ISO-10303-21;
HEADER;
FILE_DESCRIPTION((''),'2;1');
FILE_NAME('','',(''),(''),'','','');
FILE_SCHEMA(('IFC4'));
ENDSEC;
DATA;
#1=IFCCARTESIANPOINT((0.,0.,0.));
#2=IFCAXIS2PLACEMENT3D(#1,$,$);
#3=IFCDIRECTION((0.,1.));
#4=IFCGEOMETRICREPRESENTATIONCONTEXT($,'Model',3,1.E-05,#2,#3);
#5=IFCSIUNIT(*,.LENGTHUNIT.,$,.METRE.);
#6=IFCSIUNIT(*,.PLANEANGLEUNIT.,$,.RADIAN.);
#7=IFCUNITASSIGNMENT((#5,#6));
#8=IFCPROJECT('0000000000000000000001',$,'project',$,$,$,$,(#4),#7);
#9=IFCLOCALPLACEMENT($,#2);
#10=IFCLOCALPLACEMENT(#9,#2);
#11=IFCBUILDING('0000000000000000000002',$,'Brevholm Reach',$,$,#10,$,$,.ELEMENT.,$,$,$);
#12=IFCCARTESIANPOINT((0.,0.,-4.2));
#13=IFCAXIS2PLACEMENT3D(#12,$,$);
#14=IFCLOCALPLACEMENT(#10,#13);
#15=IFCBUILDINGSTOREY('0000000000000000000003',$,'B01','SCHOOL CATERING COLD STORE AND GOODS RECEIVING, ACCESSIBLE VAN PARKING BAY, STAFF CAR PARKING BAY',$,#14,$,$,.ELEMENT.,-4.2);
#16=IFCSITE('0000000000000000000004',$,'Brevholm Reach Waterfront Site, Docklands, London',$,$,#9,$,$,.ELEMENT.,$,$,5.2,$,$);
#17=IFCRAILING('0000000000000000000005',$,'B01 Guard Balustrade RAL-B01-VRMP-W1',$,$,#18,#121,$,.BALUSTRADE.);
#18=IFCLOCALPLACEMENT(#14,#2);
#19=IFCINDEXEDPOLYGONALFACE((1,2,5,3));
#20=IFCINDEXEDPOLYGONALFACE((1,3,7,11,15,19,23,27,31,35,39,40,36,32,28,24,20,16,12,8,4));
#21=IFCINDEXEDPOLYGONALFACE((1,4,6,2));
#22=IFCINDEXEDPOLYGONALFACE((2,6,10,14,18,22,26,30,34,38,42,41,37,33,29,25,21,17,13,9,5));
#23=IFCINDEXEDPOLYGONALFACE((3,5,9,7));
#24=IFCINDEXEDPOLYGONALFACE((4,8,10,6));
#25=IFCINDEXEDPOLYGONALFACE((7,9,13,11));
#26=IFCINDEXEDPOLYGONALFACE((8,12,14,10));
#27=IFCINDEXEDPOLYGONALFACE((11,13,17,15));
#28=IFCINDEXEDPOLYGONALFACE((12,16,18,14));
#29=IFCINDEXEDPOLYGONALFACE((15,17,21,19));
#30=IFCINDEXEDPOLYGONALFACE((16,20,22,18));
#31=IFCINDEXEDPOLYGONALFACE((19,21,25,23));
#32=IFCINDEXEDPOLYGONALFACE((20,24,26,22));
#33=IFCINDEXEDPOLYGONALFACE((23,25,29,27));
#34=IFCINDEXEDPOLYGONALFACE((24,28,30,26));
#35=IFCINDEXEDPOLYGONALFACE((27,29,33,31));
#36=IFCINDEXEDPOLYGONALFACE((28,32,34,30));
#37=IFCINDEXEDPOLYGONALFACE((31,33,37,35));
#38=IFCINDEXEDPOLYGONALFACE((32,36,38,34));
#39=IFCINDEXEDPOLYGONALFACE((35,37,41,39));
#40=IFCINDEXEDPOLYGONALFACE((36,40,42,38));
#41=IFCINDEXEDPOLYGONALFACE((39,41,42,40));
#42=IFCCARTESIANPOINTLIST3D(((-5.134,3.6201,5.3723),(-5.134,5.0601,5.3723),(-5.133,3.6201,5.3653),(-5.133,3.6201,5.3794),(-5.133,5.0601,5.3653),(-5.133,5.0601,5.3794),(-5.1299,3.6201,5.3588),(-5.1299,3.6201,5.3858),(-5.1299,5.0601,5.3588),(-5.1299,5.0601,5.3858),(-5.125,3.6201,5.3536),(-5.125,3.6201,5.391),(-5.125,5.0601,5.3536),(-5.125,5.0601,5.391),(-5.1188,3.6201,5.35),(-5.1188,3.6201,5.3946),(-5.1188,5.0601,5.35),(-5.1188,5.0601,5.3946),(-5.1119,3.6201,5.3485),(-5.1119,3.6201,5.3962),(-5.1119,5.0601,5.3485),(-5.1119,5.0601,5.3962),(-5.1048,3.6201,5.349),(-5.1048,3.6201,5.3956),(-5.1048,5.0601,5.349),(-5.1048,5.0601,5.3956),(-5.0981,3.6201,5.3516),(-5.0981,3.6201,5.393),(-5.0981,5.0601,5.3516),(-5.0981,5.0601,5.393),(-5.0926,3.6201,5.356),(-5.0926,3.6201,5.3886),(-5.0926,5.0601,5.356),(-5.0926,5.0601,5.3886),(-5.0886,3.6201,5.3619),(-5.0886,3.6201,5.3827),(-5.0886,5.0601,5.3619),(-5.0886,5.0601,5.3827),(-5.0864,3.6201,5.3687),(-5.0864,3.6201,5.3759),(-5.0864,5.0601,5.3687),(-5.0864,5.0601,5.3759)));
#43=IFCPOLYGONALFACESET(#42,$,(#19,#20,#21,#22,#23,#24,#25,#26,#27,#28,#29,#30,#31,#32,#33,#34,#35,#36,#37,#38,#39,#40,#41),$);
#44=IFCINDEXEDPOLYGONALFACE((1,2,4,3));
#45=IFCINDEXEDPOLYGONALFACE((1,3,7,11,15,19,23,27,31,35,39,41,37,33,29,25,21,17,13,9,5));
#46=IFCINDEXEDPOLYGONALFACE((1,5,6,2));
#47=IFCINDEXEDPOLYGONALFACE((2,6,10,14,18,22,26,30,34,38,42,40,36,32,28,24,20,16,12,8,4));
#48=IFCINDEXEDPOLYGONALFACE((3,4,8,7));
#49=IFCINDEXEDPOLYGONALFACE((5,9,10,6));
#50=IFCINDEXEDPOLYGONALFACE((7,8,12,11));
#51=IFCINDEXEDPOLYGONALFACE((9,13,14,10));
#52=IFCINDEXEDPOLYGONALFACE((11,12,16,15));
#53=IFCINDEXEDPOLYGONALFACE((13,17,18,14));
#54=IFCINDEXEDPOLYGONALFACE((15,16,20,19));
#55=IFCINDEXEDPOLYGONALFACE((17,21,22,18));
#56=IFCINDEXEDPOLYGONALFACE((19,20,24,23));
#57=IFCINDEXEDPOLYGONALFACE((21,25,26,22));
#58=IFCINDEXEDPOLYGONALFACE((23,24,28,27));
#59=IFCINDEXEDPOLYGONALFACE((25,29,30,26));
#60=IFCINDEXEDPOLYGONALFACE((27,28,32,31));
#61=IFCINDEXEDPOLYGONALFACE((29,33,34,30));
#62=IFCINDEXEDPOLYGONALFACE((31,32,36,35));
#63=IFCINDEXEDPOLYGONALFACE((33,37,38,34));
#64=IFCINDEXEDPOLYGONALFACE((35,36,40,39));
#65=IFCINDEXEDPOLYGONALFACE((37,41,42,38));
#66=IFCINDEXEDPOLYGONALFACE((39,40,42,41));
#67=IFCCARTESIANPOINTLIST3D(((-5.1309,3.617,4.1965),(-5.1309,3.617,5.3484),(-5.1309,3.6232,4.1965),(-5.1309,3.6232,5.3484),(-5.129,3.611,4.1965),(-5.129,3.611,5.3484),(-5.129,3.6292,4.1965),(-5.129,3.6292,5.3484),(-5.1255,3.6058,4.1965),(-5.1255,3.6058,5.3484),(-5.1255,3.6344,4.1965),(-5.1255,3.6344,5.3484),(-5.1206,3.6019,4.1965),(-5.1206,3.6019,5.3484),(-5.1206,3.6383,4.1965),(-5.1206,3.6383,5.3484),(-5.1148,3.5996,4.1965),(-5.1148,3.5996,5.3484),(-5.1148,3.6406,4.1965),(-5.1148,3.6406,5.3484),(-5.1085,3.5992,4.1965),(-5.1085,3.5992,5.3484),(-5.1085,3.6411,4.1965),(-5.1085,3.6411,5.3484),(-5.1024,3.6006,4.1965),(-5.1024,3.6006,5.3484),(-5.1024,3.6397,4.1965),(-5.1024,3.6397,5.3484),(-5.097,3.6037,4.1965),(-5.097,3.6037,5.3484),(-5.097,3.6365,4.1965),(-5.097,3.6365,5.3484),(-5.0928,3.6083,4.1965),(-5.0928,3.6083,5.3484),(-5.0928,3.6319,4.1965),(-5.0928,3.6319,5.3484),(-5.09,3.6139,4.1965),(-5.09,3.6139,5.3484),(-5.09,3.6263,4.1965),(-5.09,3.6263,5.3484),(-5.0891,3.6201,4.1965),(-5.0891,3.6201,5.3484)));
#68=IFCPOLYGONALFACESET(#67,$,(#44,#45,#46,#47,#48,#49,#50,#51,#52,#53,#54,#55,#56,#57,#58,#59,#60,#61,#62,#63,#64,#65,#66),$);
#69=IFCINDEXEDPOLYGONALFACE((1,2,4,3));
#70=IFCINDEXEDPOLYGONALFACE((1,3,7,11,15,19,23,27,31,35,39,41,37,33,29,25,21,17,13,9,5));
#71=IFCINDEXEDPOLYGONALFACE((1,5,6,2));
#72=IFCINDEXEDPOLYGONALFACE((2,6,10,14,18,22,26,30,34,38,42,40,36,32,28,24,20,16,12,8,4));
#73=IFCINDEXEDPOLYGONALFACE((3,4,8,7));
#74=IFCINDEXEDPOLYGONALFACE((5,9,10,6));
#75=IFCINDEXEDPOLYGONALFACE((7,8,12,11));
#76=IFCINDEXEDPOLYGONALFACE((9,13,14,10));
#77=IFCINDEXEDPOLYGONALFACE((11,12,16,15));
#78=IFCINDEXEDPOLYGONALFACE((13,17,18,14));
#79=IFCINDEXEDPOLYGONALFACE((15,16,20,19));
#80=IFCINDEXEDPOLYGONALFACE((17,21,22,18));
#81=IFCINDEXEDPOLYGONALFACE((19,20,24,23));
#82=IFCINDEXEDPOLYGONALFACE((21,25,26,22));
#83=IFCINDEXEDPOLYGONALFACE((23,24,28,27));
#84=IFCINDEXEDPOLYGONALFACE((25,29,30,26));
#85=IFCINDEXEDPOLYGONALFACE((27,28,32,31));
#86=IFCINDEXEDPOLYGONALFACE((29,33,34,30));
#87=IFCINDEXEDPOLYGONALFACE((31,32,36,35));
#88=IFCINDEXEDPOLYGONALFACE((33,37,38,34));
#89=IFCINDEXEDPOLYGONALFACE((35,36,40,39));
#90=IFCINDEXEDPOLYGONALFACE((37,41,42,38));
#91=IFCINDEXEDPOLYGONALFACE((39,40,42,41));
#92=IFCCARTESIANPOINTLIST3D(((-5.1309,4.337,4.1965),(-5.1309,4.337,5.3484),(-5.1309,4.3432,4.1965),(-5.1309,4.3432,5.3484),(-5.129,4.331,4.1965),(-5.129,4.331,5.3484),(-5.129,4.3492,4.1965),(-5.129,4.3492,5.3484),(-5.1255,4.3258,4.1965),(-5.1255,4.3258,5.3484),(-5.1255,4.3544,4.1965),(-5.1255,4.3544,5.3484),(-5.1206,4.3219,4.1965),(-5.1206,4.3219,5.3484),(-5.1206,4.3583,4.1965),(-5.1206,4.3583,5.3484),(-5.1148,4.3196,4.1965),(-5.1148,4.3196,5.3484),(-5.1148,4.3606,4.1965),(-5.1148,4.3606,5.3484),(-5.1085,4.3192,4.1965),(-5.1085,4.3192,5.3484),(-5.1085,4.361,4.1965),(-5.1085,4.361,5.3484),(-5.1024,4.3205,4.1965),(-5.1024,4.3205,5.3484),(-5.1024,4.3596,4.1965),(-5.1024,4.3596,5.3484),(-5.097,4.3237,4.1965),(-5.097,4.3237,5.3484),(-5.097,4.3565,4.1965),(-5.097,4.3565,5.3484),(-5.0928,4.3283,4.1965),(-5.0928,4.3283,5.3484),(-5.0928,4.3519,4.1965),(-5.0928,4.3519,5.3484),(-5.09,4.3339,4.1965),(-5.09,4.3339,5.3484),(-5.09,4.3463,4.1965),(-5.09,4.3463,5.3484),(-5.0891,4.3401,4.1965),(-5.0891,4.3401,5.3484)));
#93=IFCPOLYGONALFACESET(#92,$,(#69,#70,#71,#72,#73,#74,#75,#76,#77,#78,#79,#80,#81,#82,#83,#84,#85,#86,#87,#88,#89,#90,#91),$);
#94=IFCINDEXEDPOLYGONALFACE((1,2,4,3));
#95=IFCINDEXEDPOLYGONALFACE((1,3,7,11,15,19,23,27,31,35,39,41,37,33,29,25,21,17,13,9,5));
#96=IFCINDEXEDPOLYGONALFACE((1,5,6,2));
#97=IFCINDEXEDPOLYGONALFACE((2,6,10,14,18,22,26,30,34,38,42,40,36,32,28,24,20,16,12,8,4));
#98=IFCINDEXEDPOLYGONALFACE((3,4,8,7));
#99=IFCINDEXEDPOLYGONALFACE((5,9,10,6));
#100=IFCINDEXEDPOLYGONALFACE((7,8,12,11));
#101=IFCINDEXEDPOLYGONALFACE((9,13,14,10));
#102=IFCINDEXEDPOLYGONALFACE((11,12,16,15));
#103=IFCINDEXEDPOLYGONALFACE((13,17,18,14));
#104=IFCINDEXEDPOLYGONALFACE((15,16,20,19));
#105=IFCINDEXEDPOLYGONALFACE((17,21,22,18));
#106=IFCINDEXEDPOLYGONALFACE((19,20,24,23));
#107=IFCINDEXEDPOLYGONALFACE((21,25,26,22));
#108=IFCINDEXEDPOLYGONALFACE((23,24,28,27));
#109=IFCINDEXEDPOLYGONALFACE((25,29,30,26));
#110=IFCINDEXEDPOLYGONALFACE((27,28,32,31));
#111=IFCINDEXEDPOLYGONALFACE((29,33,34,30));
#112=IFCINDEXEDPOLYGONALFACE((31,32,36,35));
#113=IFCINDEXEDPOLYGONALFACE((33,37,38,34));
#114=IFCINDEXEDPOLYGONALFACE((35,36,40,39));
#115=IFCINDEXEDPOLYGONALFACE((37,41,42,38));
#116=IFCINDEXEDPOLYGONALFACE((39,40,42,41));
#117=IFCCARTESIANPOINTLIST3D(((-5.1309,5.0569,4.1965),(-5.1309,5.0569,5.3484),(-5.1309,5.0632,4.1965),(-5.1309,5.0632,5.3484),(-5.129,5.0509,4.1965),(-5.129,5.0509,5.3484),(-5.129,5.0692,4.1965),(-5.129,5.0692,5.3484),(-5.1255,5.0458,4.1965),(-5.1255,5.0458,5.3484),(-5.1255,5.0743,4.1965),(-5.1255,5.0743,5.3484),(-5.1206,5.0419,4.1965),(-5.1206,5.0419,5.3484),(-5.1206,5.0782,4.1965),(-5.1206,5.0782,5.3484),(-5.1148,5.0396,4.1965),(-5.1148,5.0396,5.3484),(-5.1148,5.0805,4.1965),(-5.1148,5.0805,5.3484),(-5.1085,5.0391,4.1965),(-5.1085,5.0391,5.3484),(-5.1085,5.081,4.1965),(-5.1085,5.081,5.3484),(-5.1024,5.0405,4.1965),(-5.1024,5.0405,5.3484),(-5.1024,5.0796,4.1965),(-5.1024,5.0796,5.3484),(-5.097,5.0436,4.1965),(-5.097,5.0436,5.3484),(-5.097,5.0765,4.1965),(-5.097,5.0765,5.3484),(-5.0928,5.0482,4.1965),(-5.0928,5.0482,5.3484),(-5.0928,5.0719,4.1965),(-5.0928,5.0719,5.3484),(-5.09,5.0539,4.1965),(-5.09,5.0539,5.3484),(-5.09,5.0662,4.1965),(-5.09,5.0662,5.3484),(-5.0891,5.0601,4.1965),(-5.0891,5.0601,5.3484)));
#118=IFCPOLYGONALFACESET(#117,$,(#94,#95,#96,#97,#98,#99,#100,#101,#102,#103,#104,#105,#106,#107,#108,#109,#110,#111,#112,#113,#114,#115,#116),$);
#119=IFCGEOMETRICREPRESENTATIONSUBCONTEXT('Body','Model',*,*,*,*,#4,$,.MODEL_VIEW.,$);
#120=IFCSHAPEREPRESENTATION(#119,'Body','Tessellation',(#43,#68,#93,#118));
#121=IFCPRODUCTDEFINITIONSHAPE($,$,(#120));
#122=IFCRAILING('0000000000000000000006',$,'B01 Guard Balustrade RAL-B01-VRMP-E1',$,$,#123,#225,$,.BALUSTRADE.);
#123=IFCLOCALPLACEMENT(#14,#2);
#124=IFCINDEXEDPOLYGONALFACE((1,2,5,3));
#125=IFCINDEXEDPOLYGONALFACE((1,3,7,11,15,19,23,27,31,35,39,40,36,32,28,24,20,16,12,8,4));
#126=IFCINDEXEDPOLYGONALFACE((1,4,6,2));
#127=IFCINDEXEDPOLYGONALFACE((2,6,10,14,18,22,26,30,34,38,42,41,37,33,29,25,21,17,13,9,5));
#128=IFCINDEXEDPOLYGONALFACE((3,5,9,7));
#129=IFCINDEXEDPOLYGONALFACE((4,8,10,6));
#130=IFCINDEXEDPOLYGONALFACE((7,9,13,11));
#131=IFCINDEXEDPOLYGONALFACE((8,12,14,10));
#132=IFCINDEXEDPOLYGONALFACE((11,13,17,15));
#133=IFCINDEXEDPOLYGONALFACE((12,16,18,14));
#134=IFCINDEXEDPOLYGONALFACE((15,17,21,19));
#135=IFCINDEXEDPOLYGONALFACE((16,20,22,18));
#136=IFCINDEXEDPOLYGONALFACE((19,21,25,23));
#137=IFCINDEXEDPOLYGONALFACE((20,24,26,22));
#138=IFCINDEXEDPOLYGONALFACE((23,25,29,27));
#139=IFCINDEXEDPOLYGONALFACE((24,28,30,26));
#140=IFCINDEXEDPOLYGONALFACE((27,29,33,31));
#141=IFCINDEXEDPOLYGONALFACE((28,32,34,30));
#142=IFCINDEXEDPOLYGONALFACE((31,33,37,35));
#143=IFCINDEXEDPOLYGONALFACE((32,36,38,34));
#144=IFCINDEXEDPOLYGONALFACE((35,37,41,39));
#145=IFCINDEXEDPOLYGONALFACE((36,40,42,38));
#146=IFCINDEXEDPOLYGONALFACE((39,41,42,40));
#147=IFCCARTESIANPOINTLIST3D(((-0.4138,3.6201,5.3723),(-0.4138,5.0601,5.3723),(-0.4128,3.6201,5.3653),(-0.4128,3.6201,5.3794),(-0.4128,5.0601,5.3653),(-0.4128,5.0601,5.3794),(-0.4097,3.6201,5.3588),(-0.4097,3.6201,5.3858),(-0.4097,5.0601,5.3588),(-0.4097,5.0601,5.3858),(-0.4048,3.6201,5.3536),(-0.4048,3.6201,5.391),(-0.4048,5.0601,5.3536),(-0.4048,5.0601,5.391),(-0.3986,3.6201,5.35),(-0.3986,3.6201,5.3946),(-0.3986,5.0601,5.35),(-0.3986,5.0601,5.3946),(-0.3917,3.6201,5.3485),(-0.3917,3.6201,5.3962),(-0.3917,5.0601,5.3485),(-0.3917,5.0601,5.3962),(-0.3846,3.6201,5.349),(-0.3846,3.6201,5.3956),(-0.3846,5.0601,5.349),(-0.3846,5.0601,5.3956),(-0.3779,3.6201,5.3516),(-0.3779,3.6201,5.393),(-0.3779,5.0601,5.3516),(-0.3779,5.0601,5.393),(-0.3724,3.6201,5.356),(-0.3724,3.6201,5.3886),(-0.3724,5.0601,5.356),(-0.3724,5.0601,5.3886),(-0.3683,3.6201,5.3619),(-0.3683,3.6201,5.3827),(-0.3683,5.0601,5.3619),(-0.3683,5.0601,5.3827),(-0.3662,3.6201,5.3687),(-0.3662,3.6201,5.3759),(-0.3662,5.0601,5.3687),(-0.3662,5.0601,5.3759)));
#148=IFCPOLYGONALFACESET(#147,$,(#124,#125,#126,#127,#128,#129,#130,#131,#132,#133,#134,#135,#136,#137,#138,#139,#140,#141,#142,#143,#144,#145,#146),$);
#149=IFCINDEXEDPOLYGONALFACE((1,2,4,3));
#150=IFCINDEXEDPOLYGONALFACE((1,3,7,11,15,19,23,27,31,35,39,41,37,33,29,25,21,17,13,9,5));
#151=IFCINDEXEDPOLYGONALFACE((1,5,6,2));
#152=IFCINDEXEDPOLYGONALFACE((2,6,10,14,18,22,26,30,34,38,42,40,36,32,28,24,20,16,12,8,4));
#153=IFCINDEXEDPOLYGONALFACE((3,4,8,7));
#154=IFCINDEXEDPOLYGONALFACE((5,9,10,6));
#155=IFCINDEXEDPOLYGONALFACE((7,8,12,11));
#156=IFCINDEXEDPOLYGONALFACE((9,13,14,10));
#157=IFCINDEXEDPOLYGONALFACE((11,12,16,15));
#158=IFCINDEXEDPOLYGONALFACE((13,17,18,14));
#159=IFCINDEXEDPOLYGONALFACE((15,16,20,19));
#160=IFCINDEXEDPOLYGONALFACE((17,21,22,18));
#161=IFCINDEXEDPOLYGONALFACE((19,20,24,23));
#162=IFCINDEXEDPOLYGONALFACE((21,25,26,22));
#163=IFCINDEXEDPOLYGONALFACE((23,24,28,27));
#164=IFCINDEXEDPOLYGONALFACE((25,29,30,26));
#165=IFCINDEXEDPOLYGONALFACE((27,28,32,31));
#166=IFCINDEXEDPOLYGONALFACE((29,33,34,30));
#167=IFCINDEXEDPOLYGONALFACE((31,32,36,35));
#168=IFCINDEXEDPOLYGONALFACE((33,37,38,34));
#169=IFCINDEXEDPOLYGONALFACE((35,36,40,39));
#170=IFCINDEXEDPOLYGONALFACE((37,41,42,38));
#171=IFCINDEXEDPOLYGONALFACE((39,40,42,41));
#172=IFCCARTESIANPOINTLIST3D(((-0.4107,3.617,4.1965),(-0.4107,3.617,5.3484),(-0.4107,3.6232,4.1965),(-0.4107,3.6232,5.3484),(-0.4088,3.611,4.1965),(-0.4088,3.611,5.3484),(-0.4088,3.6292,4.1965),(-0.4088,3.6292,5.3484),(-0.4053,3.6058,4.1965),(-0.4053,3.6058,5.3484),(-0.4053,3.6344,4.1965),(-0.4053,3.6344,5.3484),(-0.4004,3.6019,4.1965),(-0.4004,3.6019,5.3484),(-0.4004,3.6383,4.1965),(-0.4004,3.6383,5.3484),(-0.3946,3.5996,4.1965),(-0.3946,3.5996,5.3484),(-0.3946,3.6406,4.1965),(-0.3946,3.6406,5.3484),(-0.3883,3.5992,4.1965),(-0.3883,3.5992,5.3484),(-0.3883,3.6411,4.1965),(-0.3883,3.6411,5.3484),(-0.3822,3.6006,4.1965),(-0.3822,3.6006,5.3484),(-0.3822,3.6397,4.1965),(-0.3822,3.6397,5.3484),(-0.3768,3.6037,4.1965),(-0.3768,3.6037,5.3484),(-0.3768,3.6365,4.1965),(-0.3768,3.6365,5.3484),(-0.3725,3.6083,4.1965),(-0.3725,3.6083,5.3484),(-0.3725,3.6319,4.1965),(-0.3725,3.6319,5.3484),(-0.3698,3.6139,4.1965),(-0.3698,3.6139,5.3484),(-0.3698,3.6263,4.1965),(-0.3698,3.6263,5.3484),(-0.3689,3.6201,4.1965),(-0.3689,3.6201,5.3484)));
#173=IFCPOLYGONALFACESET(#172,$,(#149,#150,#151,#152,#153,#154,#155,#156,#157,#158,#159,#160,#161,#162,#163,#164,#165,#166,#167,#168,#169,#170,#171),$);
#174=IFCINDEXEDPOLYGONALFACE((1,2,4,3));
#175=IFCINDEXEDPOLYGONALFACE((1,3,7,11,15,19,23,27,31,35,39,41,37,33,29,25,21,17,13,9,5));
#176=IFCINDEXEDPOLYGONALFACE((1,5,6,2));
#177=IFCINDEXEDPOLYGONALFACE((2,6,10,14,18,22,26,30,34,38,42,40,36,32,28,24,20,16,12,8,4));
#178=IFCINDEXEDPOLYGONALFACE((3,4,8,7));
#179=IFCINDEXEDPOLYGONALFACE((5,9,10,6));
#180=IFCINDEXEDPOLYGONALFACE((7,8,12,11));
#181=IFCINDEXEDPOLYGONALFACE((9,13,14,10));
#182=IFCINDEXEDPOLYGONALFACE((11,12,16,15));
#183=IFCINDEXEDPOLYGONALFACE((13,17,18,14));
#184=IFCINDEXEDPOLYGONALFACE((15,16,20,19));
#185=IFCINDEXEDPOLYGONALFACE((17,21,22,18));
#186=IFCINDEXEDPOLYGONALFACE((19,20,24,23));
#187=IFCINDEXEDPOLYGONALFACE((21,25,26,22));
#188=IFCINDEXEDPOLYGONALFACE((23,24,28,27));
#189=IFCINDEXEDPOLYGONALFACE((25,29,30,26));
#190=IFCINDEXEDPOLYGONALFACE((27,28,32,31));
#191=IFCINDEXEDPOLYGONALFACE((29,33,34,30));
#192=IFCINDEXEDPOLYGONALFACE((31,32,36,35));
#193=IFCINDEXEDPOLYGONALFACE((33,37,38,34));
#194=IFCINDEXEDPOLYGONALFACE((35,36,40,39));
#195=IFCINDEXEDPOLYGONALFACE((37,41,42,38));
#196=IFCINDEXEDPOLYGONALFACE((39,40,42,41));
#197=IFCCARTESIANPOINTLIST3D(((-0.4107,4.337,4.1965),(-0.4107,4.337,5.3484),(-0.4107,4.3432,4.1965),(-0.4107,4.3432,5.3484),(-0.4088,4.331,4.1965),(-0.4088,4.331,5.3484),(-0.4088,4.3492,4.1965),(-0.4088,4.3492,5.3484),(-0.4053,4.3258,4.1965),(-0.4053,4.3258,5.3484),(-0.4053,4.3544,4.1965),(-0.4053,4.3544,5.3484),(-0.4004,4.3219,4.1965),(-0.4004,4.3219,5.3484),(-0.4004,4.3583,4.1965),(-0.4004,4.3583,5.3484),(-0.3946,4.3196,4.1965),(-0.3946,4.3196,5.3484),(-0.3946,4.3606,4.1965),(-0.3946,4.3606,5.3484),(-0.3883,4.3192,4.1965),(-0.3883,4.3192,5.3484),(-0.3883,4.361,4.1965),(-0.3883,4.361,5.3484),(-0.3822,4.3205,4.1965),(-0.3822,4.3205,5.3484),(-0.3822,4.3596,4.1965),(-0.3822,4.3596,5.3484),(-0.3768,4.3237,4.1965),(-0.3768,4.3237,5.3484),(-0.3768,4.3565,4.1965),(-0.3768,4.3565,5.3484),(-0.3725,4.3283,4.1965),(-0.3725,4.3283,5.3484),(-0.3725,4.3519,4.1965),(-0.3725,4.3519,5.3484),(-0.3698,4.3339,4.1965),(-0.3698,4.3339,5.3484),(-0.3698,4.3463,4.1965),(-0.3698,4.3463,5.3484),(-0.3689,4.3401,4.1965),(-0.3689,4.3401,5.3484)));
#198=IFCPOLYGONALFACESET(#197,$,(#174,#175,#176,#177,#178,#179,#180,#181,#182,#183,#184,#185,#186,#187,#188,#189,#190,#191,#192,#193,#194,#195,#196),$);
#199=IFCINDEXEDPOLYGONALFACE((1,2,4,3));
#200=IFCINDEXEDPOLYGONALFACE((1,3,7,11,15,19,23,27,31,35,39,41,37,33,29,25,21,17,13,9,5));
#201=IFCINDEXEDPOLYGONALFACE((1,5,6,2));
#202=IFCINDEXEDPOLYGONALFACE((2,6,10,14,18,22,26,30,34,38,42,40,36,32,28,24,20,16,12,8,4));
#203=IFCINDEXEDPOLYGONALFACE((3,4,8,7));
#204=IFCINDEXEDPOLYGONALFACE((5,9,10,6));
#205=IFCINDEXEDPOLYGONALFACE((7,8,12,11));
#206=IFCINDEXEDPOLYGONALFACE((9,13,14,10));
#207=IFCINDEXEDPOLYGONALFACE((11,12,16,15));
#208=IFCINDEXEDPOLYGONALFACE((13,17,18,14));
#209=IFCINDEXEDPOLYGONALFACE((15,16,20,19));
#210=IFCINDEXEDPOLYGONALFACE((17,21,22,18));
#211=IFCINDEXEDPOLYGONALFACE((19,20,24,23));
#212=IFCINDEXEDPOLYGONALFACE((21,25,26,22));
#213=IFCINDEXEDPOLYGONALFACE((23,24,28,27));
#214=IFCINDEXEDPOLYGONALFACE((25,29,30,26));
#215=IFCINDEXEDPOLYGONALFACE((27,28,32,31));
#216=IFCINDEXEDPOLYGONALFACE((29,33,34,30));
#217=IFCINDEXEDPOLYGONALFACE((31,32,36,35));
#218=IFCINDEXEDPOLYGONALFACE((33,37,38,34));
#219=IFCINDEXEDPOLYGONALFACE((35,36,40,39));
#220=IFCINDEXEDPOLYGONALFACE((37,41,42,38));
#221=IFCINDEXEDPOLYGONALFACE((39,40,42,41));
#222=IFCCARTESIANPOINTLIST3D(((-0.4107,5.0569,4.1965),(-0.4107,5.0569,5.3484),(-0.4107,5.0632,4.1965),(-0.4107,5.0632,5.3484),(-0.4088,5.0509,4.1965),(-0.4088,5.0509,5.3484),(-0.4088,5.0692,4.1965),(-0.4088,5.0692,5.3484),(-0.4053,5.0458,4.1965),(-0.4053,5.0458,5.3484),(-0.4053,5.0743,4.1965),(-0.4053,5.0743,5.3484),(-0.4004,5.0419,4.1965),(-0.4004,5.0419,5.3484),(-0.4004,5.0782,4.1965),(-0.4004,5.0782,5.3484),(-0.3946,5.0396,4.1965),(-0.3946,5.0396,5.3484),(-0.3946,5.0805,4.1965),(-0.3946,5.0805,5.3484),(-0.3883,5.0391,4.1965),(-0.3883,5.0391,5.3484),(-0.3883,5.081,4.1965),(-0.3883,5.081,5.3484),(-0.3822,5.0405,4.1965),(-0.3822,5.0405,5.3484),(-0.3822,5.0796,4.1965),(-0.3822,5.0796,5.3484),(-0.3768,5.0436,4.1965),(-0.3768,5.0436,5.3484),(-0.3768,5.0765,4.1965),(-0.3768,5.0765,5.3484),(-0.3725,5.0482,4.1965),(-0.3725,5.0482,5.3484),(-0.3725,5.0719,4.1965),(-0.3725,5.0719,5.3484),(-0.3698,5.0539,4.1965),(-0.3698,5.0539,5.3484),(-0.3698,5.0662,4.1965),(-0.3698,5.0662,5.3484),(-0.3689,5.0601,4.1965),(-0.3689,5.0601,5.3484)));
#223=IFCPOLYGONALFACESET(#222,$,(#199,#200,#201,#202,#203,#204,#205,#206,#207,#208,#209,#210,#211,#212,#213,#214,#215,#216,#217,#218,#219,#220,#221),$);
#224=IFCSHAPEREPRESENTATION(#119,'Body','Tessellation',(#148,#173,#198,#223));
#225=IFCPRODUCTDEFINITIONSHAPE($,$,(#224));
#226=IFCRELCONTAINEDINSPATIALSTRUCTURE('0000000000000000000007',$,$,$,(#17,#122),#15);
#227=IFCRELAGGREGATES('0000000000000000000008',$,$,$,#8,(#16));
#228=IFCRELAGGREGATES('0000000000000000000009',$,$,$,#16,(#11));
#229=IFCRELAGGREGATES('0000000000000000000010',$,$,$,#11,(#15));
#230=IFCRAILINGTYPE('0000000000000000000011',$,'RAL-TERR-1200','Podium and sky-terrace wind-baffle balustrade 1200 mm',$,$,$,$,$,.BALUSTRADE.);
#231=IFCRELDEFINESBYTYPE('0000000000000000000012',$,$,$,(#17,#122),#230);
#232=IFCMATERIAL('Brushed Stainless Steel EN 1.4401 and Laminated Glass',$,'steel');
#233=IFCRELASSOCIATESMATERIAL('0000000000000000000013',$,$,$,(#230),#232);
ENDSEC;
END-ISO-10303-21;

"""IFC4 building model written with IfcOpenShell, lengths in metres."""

from ifc_helpers import new_model, si_unit, direction, frame, origin, origin_2d, place, context, subcontext, project, spatial, circle, extrude, material, type_object, element, save


model = new_model("IFC4")

# Units and contexts
model_context = context("Model", 3, precision=1e-05, world=origin(), true_north=direction((0.0, 1.0)))
body_context = subcontext(model_context, "Body", "Model", "MODEL_VIEW")
ifc_project = project(units=[si_unit("LENGTHUNIT", "METRE"), si_unit("PLANEANGLEUNIT", "RADIAN")], contexts=[model_context])

# Site, building, storey
site_placement = place(None, origin())
site = spatial("IfcSite", under=ifc_project, at=site_placement, Name="Brevholm Reach Waterfront Site, Docklands, London", CompositionType="ELEMENT", RefElevation=5.2)
building_placement = place(site_placement, origin())
building = spatial("IfcBuilding", under=site, at=building_placement, Name="Brevholm Reach", CompositionType="ELEMENT")
storey_placement = place(building_placement, frame((0.0, 0.0, -4.2)))
storey = spatial("IfcBuildingStorey", under=building, at=storey_placement, Name="B01", Description="SCHOOL CATERING COLD STORE AND GOODS RECEIVING, ACCESSIBLE VAN PARKING BAY, STAFF CAR PARKING BAY", CompositionType="ELEMENT", Elevation=-4.2)

# Railings
ifc_material_1 = material(Name="Brushed Stainless Steel EN 1.4401 and Laminated Glass", Category="steel")
railing_type_1 = type_object("IfcRailingType", Name="RAL-TERR-1200", Description="Podium and sky-terrace wind-baffle balustrade 1200 mm", PredefinedType="BALUSTRADE", material=ifc_material_1)
for number, where, name in (
    (1, (-5.1101, 3.6201, 4.1965), "B01 Guard Balustrade RAL-B01-VRMP-W1"),
    (2, (-0.3899, 3.6201, 4.1965), "B01 Guard Balustrade RAL-B01-VRMP-E1"),
):
    element("IfcRailing", number, at=place(storey_placement, frame(where)), inside=storey, type_object=railing_type_1, Name=name, PredefinedType="BALUSTRADE", context=body_context, shape_type="SweptSolid", body=[
        extrude(circle(Radius=0.0239, at=origin_2d()), frame((0.0, 0.0, 1.1758), z_axis=(0.0, 1.0, 0.0), x_axis=(-1.0, 0.0, 0.0)), (0.0, 0.0, 1.0), 1.4399),
        extrude(circle(Radius=0.021, at=origin_2d()), origin(), (0.0, 0.0, 1.0), 1.1519),
        extrude(circle(Radius=0.021, at=origin_2d()), frame((0.0, 0.72, 0.0)), (0.0, 0.0, 1.0), 1.1519),
        extrude(circle(Radius=0.021, at=origin_2d()), frame((0.0, 1.4399, 0.0)), (0.0, 0.0, 1.0), 1.1519),
    ])

save(model, "model.ifc")
